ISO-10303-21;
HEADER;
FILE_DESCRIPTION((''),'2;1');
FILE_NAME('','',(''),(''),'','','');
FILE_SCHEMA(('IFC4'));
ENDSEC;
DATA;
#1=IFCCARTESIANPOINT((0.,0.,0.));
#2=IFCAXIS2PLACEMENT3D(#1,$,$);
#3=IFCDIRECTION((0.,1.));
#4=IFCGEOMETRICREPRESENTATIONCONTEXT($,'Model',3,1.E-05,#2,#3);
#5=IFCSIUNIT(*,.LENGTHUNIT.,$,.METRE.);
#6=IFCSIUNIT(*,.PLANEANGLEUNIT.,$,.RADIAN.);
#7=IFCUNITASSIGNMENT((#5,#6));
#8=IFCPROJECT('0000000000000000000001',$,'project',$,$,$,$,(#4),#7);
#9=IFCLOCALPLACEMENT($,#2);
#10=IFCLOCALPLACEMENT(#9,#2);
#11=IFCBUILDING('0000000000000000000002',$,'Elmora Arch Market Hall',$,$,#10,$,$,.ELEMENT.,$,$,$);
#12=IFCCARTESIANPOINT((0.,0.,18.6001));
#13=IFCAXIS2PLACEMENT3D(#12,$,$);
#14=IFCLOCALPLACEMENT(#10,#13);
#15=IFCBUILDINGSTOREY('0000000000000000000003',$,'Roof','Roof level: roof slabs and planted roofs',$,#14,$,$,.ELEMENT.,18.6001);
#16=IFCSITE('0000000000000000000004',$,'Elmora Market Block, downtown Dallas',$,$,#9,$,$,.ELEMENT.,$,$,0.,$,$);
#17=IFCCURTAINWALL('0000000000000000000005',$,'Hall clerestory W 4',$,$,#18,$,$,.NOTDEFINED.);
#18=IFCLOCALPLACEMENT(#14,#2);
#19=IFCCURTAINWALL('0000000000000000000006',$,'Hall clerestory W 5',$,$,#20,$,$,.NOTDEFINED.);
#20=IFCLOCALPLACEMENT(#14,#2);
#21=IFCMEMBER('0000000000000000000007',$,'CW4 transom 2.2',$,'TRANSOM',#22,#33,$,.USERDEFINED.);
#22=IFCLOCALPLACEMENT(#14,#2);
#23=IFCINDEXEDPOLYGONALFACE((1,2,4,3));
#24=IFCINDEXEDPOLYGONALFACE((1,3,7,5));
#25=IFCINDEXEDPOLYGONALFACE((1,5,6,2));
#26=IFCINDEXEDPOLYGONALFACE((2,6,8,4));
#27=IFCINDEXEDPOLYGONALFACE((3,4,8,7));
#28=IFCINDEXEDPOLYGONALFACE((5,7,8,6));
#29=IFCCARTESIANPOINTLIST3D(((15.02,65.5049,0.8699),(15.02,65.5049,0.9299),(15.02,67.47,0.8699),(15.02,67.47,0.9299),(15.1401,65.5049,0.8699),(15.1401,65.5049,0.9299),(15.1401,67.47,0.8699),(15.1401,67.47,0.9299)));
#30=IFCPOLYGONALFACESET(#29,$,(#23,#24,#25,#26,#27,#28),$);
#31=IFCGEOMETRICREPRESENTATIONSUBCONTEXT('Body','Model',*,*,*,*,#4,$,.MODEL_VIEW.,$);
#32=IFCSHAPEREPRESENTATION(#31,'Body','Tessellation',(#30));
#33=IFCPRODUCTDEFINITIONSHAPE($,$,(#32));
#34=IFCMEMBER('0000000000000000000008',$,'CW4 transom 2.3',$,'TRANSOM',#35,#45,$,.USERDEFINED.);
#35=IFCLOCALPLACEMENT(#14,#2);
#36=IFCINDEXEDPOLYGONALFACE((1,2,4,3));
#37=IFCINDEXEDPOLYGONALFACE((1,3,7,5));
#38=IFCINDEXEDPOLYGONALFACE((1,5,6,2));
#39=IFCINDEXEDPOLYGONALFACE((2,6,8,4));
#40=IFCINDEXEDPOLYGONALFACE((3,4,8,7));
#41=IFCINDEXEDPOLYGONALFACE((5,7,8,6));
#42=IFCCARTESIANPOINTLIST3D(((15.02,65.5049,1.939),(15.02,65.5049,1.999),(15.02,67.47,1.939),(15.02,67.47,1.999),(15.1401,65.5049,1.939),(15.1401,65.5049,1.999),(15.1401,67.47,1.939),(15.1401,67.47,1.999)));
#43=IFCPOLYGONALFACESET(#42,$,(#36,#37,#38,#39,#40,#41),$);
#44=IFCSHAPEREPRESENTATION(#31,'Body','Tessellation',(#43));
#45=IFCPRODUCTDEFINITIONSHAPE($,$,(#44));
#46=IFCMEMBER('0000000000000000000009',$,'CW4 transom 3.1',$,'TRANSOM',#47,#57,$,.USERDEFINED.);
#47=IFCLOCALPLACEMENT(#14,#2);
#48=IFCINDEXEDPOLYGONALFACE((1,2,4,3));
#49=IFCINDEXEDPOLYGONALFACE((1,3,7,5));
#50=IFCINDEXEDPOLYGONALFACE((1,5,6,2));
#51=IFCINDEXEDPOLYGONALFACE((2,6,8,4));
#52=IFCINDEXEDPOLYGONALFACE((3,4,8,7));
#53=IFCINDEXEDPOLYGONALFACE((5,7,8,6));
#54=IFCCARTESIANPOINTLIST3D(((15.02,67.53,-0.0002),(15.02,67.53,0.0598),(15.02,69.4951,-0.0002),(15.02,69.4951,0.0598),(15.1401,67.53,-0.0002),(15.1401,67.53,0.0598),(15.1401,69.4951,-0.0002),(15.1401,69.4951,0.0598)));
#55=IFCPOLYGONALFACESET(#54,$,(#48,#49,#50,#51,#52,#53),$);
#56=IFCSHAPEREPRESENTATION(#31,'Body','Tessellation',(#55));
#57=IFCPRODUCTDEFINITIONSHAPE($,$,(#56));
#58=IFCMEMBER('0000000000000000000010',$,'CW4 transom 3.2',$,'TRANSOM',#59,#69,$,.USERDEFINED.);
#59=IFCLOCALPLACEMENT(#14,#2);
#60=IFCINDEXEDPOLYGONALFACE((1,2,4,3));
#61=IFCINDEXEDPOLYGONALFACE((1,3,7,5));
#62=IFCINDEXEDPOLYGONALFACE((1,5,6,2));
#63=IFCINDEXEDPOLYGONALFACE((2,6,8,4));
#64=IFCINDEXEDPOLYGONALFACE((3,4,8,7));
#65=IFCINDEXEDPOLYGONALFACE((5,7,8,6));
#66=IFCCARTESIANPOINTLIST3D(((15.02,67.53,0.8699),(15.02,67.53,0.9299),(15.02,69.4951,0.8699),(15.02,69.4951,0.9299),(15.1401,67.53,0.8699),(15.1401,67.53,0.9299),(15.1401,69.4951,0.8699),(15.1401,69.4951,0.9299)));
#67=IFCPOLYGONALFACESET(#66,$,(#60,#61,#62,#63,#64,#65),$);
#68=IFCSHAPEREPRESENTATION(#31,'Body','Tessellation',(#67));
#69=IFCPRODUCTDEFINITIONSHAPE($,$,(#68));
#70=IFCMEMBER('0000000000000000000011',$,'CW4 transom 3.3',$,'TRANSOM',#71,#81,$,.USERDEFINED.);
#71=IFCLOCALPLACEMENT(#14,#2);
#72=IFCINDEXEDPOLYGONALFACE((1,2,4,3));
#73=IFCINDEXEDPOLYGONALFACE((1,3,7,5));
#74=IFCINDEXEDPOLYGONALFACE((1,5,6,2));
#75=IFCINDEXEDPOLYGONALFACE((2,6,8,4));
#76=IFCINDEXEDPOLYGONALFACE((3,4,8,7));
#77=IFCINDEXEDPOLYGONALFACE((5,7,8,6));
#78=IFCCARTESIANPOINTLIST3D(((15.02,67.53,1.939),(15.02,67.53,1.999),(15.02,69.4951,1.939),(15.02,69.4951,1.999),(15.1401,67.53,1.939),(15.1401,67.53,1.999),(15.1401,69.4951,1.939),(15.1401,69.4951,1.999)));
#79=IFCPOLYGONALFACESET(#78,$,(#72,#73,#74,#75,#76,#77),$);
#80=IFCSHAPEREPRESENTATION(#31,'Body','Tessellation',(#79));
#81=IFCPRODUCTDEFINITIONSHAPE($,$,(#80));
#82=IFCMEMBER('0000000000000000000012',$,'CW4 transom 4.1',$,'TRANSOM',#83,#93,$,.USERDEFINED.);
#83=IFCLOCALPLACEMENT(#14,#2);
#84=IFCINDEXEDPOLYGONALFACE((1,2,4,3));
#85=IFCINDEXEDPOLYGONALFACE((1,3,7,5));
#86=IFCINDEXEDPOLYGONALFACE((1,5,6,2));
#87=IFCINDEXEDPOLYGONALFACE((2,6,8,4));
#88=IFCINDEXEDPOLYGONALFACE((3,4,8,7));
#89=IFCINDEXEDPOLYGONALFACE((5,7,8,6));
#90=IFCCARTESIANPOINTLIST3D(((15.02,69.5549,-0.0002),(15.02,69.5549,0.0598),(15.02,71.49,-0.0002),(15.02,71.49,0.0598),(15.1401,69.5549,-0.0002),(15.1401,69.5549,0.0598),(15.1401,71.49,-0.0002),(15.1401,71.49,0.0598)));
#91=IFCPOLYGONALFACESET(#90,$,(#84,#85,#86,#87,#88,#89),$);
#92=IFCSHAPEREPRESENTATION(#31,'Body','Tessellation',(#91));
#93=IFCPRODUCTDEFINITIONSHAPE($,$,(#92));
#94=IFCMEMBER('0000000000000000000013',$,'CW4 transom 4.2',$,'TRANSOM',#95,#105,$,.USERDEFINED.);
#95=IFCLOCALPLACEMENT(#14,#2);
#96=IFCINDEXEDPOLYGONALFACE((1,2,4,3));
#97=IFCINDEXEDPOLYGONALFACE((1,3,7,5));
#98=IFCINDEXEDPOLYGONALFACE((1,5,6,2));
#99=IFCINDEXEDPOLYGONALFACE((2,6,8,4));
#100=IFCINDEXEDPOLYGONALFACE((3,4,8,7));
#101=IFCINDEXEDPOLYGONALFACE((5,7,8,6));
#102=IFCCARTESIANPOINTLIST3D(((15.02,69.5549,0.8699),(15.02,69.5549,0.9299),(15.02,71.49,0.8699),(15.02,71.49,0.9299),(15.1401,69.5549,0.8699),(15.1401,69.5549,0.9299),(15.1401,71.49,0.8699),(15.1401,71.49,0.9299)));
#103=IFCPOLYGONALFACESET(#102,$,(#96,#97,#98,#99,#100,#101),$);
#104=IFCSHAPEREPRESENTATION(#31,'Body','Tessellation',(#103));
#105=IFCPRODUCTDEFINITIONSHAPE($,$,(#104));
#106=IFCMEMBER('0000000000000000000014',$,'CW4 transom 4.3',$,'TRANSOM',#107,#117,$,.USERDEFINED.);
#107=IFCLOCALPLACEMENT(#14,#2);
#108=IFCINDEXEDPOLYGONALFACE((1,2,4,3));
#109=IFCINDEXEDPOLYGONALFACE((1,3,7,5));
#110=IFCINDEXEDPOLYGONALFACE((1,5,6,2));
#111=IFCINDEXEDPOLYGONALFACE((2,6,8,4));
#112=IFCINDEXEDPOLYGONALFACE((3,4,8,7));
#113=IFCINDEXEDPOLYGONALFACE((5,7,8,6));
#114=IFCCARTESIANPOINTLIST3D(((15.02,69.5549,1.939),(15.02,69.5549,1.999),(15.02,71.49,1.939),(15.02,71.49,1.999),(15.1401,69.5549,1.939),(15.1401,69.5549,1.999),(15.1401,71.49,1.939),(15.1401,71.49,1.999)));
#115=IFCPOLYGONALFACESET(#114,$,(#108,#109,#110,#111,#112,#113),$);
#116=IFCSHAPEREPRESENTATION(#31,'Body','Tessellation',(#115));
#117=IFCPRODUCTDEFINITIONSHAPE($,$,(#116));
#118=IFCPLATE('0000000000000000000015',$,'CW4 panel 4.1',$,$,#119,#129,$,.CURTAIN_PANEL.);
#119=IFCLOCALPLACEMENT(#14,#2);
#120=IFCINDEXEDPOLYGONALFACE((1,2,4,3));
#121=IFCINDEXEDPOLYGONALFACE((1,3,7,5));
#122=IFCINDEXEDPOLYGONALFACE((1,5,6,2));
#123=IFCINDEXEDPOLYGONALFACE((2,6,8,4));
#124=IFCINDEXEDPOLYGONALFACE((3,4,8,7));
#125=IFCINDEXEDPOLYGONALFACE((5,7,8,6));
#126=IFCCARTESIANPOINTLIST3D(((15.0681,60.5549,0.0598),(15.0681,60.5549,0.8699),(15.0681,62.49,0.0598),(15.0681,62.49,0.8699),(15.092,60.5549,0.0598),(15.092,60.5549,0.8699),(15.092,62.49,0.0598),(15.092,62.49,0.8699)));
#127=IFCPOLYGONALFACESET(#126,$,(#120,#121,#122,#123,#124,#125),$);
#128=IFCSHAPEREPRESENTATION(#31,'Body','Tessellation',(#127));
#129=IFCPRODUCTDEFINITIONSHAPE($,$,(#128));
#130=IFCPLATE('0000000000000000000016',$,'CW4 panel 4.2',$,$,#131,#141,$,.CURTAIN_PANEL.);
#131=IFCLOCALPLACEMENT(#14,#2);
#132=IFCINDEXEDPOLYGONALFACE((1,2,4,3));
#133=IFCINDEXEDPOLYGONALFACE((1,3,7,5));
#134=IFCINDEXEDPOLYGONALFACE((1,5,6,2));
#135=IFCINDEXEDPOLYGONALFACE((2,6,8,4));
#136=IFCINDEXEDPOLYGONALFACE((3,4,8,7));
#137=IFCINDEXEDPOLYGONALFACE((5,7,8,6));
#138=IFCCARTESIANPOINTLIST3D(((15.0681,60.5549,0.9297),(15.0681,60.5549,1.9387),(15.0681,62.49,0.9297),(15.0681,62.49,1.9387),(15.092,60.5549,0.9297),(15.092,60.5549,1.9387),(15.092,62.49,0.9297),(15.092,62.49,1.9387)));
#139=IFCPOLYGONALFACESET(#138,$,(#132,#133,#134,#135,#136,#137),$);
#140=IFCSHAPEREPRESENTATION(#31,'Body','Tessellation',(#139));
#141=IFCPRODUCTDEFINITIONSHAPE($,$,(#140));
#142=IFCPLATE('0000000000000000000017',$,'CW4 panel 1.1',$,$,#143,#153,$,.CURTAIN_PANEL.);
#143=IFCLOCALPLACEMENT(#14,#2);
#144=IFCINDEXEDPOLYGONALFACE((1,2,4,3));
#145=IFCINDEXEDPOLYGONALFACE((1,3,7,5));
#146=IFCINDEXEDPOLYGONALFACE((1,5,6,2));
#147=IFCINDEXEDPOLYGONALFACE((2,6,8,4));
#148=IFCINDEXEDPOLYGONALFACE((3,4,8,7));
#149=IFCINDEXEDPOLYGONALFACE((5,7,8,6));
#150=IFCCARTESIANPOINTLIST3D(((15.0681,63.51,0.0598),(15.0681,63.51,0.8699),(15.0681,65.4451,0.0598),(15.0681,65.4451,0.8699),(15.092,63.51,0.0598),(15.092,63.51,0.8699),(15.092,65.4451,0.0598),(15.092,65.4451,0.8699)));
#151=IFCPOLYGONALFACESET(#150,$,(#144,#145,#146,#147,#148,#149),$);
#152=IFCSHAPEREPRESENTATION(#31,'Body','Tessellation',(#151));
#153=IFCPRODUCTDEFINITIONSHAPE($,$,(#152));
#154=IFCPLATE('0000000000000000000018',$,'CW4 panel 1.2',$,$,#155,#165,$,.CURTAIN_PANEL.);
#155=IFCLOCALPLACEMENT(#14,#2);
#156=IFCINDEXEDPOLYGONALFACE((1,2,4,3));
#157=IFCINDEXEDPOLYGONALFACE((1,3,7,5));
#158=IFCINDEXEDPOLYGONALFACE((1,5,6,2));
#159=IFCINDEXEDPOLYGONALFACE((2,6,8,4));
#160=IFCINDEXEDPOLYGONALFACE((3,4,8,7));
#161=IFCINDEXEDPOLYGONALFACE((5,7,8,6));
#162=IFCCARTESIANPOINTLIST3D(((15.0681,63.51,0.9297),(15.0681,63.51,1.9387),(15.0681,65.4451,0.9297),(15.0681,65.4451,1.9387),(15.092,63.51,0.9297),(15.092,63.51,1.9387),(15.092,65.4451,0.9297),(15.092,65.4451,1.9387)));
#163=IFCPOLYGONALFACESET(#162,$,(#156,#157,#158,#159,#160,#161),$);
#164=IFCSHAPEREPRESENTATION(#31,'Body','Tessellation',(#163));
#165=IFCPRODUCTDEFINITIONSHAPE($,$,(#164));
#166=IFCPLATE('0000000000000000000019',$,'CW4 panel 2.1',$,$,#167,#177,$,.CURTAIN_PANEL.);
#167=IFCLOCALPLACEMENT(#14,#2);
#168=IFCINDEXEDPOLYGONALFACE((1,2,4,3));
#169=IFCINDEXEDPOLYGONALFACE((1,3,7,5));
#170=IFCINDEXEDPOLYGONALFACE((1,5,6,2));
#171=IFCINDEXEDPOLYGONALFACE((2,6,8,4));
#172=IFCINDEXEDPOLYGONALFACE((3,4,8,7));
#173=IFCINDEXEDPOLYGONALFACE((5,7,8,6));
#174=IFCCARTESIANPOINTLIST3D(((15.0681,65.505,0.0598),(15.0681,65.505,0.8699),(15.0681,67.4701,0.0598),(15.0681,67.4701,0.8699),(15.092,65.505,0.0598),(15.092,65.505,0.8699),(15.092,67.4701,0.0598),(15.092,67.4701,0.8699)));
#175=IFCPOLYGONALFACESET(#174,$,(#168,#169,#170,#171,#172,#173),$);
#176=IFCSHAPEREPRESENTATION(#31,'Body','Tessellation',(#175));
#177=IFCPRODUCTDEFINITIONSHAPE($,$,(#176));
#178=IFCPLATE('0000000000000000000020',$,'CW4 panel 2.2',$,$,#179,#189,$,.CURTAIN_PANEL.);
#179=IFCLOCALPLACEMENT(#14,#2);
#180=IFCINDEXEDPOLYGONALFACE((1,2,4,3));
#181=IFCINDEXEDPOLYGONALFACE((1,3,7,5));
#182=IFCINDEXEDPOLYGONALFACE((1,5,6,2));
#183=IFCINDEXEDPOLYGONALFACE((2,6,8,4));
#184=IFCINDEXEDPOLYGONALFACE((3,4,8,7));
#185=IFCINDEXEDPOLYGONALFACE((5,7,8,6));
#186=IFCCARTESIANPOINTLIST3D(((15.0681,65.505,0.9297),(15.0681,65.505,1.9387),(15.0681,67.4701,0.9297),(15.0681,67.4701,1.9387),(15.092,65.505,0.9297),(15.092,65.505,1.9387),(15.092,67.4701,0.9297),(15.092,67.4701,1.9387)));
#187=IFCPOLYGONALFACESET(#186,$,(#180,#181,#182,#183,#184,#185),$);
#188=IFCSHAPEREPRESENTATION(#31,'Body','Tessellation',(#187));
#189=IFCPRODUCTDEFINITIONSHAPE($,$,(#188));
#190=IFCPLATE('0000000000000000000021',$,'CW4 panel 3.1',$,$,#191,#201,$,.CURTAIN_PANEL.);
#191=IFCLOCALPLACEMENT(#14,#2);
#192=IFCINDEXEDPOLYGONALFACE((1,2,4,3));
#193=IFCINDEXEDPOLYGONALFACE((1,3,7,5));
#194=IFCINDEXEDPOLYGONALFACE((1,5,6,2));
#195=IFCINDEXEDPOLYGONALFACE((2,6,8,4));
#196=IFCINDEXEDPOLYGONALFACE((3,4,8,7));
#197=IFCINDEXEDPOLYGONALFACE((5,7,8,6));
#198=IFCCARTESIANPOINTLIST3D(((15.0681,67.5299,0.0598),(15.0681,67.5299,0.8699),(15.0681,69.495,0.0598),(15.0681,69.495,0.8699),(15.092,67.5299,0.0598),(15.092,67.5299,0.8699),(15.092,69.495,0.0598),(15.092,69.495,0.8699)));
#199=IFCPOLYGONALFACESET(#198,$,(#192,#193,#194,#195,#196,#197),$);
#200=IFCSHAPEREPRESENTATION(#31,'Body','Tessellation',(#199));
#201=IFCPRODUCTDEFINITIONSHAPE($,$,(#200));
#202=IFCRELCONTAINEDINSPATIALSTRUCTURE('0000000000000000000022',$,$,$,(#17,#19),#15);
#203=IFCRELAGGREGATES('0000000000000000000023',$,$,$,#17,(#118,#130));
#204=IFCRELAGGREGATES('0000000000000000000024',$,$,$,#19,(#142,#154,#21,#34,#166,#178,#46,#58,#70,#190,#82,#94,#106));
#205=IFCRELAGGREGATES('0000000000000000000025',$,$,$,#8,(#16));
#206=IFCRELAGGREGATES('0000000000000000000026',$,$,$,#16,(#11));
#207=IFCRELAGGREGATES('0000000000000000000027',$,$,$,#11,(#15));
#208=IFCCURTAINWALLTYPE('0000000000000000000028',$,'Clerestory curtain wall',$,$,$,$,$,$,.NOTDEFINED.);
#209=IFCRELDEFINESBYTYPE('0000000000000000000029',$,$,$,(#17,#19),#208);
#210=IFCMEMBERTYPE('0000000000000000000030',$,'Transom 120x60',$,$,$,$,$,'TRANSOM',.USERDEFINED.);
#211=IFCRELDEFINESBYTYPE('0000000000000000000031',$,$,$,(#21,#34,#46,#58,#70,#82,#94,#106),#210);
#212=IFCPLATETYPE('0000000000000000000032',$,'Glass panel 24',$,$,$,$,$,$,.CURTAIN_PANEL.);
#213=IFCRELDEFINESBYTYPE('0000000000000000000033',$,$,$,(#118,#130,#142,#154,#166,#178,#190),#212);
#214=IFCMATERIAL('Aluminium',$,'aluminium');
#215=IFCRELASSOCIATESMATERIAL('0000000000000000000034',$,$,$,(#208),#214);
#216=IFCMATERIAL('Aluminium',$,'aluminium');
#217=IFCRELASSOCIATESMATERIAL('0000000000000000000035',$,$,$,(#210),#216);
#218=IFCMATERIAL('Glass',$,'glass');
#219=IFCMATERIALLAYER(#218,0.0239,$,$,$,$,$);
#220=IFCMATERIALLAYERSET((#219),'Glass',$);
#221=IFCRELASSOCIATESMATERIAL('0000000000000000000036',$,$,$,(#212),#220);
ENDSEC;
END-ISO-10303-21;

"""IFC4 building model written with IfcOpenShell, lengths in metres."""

from ifc_helpers import new_model, si_unit, direction, frame, origin, origin_2d, place, context, subcontext, project, spatial, rectangle, extrude, material, layer, layer_set, material_profile, profile_set, type_object, element, aggregate, save


model = new_model("IFC4")

# Units and contexts
model_context = context("Model", 3, precision=1e-05, world=origin(), true_north=direction((0.0, 1.0)))
body_context = subcontext(model_context, "Body", "Model", "MODEL_VIEW")
ifc_project = project(units=[si_unit("LENGTHUNIT", "METRE"), si_unit("PLANEANGLEUNIT", "RADIAN")], contexts=[model_context])

# Site, building, storey
site_placement = place(None, origin())
site = spatial("IfcSite", under=ifc_project, at=site_placement, Name="Elmora Market Block, downtown Dallas", CompositionType="ELEMENT", RefElevation=0.0)
building_placement = place(site_placement, origin())
building = spatial("IfcBuilding", under=site, at=building_placement, Name="Elmora Arch Market Hall", CompositionType="ELEMENT")
storey_placement = place(building_placement, frame((0.0, 0.0, 18.6001)))
storey = spatial("IfcBuildingStorey", under=building, at=storey_placement, Name="Roof", Description="Roof level: roof slabs and planted roofs", CompositionType="ELEMENT", Elevation=18.6001)

# Curtain wall
ifc_material_1 = material(Name="Aluminium", Category="aluminium")
curtain_wall_type = type_object("IfcCurtainWallType", Name="Clerestory curtain wall", PredefinedType="NOTDEFINED", material=ifc_material_1)
curtain_wall_1_placement = place(storey_placement, origin())
curtain_wall_1 = element("IfcCurtainWall", 1, at=curtain_wall_1_placement, inside=storey, type_object=curtain_wall_type, Name="Hall clerestory W 4", PredefinedType="NOTDEFINED")

# Curtain wall
curtain_wall_2_placement = place(storey_placement, origin())
curtain_wall_2 = element("IfcCurtainWall", 2, at=curtain_wall_2_placement, inside=storey, type_object=curtain_wall_type, Name="Hall clerestory W 5", PredefinedType="NOTDEFINED")

# Members
ifc_material_2 = material(Name="Aluminium", Category="aluminium")
ifc_material_profile_1 = material_profile(ifc_material_2, rectangle(XDim=0.1201, YDim=0.0601, at=origin_2d()), Name="AL 120x60")
ifc_profile_set_1 = profile_set([ifc_material_profile_1], Name="Aluminium")
member_type_1 = type_object("IfcMemberType", Name="Transom 120x60", ElementType="TRANSOM", PredefinedType="USERDEFINED", material=ifc_profile_set_1)
member_1_placement = place(storey_placement, frame((15.0801, 65.5049, 0.8999), z_axis=(0.0, 1.0, 0.0), x_axis=(-1.0, 0.0, 0.0)))
member_1 = element("IfcMember", 3, at=member_1_placement, type_object=member_type_1, Name="CW4 transom 2.2", ObjectType="TRANSOM", PredefinedType="USERDEFINED", context=body_context, shape_type="SweptSolid", body=[
    extrude(rectangle(XDim=0.1201, YDim=0.0601, at=origin_2d()), origin(), (0.0, 0.0, 1.0), 1.9651),
])
member_2_placement = place(storey_placement, frame((15.0801, 65.5049, 1.969), z_axis=(0.0, 1.0, 0.0), x_axis=(-1.0, 0.0, 0.0)))
member_2 = element("IfcMember", 4, at=member_2_placement, type_object=member_type_1, Name="CW4 transom 2.3", ObjectType="TRANSOM", PredefinedType="USERDEFINED", context=body_context, shape_type="SweptSolid", body=[
    extrude(rectangle(XDim=0.1201, YDim=0.0601, at=origin_2d()), origin(), (0.0, 0.0, 1.0), 1.9651),
])
member_3_placement = place(storey_placement, frame((15.0801, 67.53, 0.0298), z_axis=(0.0, 1.0, 0.0), x_axis=(-1.0, 0.0, 0.0)))
member_3 = element("IfcMember", 5, at=member_3_placement, type_object=member_type_1, Name="CW4 transom 3.1", ObjectType="TRANSOM", PredefinedType="USERDEFINED", context=body_context, shape_type="SweptSolid", body=[
    extrude(rectangle(XDim=0.1201, YDim=0.0601, at=origin_2d()), origin(), (0.0, 0.0, 1.0), 1.9651),
])
member_4_placement = place(storey_placement, frame((15.0801, 67.53, 0.8999), z_axis=(0.0, 1.0, 0.0), x_axis=(-1.0, 0.0, 0.0)))
member_4 = element("IfcMember", 6, at=member_4_placement, type_object=member_type_1, Name="CW4 transom 3.2", ObjectType="TRANSOM", PredefinedType="USERDEFINED", context=body_context, shape_type="SweptSolid", body=[
    extrude(rectangle(XDim=0.1201, YDim=0.0601, at=origin_2d()), origin(), (0.0, 0.0, 1.0), 1.9651),
])
member_5_placement = place(storey_placement, frame((15.0801, 67.53, 1.969), z_axis=(0.0, 1.0, 0.0), x_axis=(-1.0, 0.0, 0.0)))
member_5 = element("IfcMember", 7, at=member_5_placement, type_object=member_type_1, Name="CW4 transom 3.3", ObjectType="TRANSOM", PredefinedType="USERDEFINED", context=body_context, shape_type="SweptSolid", body=[
    extrude(rectangle(XDim=0.1201, YDim=0.0601, at=origin_2d()), origin(), (0.0, 0.0, 1.0), 1.9651),
])
member_6_placement = place(storey_placement, frame((15.0801, 69.5549, 0.0298), z_axis=(0.0, 1.0, 0.0), x_axis=(-1.0, 0.0, 0.0)))
member_6 = element("IfcMember", 8, at=member_6_placement, type_object=member_type_1, Name="CW4 transom 4.1", ObjectType="TRANSOM", PredefinedType="USERDEFINED", context=body_context, shape_type="SweptSolid", body=[
    extrude(rectangle(XDim=0.1201, YDim=0.0601, at=origin_2d()), origin(), (0.0, 0.0, 1.0), 1.9351),
])
member_7_placement = place(storey_placement, frame((15.0801, 69.5549, 0.8999), z_axis=(0.0, 1.0, 0.0), x_axis=(-1.0, 0.0, 0.0)))
member_7 = element("IfcMember", 9, at=member_7_placement, type_object=member_type_1, Name="CW4 transom 4.2", ObjectType="TRANSOM", PredefinedType="USERDEFINED", context=body_context, shape_type="SweptSolid", body=[
    extrude(rectangle(XDim=0.1201, YDim=0.0601, at=origin_2d()), origin(), (0.0, 0.0, 1.0), 1.9351),
])
member_8_placement = place(storey_placement, frame((15.0801, 69.5549, 1.969), z_axis=(0.0, 1.0, 0.0), x_axis=(-1.0, 0.0, 0.0)))
member_8 = element("IfcMember", 10, at=member_8_placement, type_object=member_type_1, Name="CW4 transom 4.3", ObjectType="TRANSOM", PredefinedType="USERDEFINED", context=body_context, shape_type="SweptSolid", body=[
    extrude(rectangle(XDim=0.1201, YDim=0.0601, at=origin_2d()), origin(), (0.0, 0.0, 1.0), 1.9351),
])

# Plates
ifc_material_3 = material(Name="Glass", Category="glass")
ifc_layer_1 = layer(ifc_material_3, 0.0239)
ifc_layer_set_1 = layer_set([ifc_layer_1], Name="Glass")
plate_type = type_object("IfcPlateType", Name="Glass panel 24", PredefinedType="CURTAIN_PANEL", material=ifc_layer_set_1)
plate_1_placement = place(storey_placement, frame((15.0801, 61.5225, 0.0598), z_axis=(0.0, 0.0, 1.0), x_axis=(0.0, 1.0, 0.0)))
plate_1 = element("IfcPlate", 11, at=plate_1_placement, type_object=plate_type, Name="CW4 panel 4.1", PredefinedType="CURTAIN_PANEL", context=body_context, shape_type="SweptSolid", body=[
    extrude(rectangle(XDim=1.9351, YDim=0.0239, at=origin_2d()), origin(), (0.0, 0.0, 1.0), 0.8101),
])
plate_2_placement = place(storey_placement, frame((15.0801, 61.5225, 0.9297), z_axis=(0.0, 0.0, 1.0), x_axis=(0.0, 1.0, 0.0)))
plate_2 = element("IfcPlate", 12, at=plate_2_placement, type_object=plate_type, Name="CW4 panel 4.2", PredefinedType="CURTAIN_PANEL", context=body_context, shape_type="SweptSolid", body=[
    extrude(rectangle(XDim=1.9351, YDim=0.0239, at=origin_2d()), origin(), (0.0, 0.0, 1.0), 1.009),
])
aggregate(curtain_wall_1, [plate_1, plate_2])
plate_3_placement = place(storey_placement, frame((15.0801, 64.4775, 0.0598), z_axis=(0.0, 0.0, 1.0), x_axis=(0.0, 1.0, 0.0)))
plate_3 = element("IfcPlate", 13, at=plate_3_placement, type_object=plate_type, Name="CW4 panel 1.1", PredefinedType="CURTAIN_PANEL", context=body_context, shape_type="SweptSolid", body=[
    extrude(rectangle(XDim=1.9351, YDim=0.0239, at=origin_2d()), origin(), (0.0, 0.0, 1.0), 0.8101),
])
plate_4_placement = place(storey_placement, frame((15.0801, 64.4775, 0.9297), z_axis=(0.0, 0.0, 1.0), x_axis=(0.0, 1.0, 0.0)))
plate_4 = element("IfcPlate", 14, at=plate_4_placement, type_object=plate_type, Name="CW4 panel 1.2", PredefinedType="CURTAIN_PANEL", context=body_context, shape_type="SweptSolid", body=[
    extrude(rectangle(XDim=1.9351, YDim=0.0239, at=origin_2d()), origin(), (0.0, 0.0, 1.0), 1.009),
])
plate_5_placement = place(storey_placement, frame((15.0801, 66.4875, 0.0598), z_axis=(0.0, 0.0, 1.0), x_axis=(0.0, 1.0, 0.0)))
plate_5 = element("IfcPlate", 15, at=plate_5_placement, type_object=plate_type, Name="CW4 panel 2.1", PredefinedType="CURTAIN_PANEL", context=body_context, shape_type="SweptSolid", body=[
    extrude(rectangle(XDim=1.9651, YDim=0.0239, at=origin_2d()), origin(), (0.0, 0.0, 1.0), 0.8101),
])
plate_6_placement = place(storey_placement, frame((15.0801, 66.4875, 0.9297), z_axis=(0.0, 0.0, 1.0), x_axis=(0.0, 1.0, 0.0)))
plate_6 = element("IfcPlate", 16, at=plate_6_placement, type_object=plate_type, Name="CW4 panel 2.2", PredefinedType="CURTAIN_PANEL", context=body_context, shape_type="SweptSolid", body=[
    extrude(rectangle(XDim=1.9651, YDim=0.0239, at=origin_2d()), origin(), (0.0, 0.0, 1.0), 1.009),
])
plate_7_placement = place(storey_placement, frame((15.0801, 68.5125, 0.0598), z_axis=(0.0, 0.0, 1.0), x_axis=(0.0, 1.0, 0.0)))
plate_7 = element("IfcPlate", 17, at=plate_7_placement, type_object=plate_type, Name="CW4 panel 3.1", PredefinedType="CURTAIN_PANEL", context=body_context, shape_type="SweptSolid", body=[
    extrude(rectangle(XDim=1.9651, YDim=0.0239, at=origin_2d()), origin(), (0.0, 0.0, 1.0), 0.8101),
])
aggregate(curtain_wall_2, [plate_3, plate_4, member_1, member_2, plate_5, plate_6, member_3, member_4, member_5, plate_7, member_6, member_7, member_8])

save(model, "model.ifc")
